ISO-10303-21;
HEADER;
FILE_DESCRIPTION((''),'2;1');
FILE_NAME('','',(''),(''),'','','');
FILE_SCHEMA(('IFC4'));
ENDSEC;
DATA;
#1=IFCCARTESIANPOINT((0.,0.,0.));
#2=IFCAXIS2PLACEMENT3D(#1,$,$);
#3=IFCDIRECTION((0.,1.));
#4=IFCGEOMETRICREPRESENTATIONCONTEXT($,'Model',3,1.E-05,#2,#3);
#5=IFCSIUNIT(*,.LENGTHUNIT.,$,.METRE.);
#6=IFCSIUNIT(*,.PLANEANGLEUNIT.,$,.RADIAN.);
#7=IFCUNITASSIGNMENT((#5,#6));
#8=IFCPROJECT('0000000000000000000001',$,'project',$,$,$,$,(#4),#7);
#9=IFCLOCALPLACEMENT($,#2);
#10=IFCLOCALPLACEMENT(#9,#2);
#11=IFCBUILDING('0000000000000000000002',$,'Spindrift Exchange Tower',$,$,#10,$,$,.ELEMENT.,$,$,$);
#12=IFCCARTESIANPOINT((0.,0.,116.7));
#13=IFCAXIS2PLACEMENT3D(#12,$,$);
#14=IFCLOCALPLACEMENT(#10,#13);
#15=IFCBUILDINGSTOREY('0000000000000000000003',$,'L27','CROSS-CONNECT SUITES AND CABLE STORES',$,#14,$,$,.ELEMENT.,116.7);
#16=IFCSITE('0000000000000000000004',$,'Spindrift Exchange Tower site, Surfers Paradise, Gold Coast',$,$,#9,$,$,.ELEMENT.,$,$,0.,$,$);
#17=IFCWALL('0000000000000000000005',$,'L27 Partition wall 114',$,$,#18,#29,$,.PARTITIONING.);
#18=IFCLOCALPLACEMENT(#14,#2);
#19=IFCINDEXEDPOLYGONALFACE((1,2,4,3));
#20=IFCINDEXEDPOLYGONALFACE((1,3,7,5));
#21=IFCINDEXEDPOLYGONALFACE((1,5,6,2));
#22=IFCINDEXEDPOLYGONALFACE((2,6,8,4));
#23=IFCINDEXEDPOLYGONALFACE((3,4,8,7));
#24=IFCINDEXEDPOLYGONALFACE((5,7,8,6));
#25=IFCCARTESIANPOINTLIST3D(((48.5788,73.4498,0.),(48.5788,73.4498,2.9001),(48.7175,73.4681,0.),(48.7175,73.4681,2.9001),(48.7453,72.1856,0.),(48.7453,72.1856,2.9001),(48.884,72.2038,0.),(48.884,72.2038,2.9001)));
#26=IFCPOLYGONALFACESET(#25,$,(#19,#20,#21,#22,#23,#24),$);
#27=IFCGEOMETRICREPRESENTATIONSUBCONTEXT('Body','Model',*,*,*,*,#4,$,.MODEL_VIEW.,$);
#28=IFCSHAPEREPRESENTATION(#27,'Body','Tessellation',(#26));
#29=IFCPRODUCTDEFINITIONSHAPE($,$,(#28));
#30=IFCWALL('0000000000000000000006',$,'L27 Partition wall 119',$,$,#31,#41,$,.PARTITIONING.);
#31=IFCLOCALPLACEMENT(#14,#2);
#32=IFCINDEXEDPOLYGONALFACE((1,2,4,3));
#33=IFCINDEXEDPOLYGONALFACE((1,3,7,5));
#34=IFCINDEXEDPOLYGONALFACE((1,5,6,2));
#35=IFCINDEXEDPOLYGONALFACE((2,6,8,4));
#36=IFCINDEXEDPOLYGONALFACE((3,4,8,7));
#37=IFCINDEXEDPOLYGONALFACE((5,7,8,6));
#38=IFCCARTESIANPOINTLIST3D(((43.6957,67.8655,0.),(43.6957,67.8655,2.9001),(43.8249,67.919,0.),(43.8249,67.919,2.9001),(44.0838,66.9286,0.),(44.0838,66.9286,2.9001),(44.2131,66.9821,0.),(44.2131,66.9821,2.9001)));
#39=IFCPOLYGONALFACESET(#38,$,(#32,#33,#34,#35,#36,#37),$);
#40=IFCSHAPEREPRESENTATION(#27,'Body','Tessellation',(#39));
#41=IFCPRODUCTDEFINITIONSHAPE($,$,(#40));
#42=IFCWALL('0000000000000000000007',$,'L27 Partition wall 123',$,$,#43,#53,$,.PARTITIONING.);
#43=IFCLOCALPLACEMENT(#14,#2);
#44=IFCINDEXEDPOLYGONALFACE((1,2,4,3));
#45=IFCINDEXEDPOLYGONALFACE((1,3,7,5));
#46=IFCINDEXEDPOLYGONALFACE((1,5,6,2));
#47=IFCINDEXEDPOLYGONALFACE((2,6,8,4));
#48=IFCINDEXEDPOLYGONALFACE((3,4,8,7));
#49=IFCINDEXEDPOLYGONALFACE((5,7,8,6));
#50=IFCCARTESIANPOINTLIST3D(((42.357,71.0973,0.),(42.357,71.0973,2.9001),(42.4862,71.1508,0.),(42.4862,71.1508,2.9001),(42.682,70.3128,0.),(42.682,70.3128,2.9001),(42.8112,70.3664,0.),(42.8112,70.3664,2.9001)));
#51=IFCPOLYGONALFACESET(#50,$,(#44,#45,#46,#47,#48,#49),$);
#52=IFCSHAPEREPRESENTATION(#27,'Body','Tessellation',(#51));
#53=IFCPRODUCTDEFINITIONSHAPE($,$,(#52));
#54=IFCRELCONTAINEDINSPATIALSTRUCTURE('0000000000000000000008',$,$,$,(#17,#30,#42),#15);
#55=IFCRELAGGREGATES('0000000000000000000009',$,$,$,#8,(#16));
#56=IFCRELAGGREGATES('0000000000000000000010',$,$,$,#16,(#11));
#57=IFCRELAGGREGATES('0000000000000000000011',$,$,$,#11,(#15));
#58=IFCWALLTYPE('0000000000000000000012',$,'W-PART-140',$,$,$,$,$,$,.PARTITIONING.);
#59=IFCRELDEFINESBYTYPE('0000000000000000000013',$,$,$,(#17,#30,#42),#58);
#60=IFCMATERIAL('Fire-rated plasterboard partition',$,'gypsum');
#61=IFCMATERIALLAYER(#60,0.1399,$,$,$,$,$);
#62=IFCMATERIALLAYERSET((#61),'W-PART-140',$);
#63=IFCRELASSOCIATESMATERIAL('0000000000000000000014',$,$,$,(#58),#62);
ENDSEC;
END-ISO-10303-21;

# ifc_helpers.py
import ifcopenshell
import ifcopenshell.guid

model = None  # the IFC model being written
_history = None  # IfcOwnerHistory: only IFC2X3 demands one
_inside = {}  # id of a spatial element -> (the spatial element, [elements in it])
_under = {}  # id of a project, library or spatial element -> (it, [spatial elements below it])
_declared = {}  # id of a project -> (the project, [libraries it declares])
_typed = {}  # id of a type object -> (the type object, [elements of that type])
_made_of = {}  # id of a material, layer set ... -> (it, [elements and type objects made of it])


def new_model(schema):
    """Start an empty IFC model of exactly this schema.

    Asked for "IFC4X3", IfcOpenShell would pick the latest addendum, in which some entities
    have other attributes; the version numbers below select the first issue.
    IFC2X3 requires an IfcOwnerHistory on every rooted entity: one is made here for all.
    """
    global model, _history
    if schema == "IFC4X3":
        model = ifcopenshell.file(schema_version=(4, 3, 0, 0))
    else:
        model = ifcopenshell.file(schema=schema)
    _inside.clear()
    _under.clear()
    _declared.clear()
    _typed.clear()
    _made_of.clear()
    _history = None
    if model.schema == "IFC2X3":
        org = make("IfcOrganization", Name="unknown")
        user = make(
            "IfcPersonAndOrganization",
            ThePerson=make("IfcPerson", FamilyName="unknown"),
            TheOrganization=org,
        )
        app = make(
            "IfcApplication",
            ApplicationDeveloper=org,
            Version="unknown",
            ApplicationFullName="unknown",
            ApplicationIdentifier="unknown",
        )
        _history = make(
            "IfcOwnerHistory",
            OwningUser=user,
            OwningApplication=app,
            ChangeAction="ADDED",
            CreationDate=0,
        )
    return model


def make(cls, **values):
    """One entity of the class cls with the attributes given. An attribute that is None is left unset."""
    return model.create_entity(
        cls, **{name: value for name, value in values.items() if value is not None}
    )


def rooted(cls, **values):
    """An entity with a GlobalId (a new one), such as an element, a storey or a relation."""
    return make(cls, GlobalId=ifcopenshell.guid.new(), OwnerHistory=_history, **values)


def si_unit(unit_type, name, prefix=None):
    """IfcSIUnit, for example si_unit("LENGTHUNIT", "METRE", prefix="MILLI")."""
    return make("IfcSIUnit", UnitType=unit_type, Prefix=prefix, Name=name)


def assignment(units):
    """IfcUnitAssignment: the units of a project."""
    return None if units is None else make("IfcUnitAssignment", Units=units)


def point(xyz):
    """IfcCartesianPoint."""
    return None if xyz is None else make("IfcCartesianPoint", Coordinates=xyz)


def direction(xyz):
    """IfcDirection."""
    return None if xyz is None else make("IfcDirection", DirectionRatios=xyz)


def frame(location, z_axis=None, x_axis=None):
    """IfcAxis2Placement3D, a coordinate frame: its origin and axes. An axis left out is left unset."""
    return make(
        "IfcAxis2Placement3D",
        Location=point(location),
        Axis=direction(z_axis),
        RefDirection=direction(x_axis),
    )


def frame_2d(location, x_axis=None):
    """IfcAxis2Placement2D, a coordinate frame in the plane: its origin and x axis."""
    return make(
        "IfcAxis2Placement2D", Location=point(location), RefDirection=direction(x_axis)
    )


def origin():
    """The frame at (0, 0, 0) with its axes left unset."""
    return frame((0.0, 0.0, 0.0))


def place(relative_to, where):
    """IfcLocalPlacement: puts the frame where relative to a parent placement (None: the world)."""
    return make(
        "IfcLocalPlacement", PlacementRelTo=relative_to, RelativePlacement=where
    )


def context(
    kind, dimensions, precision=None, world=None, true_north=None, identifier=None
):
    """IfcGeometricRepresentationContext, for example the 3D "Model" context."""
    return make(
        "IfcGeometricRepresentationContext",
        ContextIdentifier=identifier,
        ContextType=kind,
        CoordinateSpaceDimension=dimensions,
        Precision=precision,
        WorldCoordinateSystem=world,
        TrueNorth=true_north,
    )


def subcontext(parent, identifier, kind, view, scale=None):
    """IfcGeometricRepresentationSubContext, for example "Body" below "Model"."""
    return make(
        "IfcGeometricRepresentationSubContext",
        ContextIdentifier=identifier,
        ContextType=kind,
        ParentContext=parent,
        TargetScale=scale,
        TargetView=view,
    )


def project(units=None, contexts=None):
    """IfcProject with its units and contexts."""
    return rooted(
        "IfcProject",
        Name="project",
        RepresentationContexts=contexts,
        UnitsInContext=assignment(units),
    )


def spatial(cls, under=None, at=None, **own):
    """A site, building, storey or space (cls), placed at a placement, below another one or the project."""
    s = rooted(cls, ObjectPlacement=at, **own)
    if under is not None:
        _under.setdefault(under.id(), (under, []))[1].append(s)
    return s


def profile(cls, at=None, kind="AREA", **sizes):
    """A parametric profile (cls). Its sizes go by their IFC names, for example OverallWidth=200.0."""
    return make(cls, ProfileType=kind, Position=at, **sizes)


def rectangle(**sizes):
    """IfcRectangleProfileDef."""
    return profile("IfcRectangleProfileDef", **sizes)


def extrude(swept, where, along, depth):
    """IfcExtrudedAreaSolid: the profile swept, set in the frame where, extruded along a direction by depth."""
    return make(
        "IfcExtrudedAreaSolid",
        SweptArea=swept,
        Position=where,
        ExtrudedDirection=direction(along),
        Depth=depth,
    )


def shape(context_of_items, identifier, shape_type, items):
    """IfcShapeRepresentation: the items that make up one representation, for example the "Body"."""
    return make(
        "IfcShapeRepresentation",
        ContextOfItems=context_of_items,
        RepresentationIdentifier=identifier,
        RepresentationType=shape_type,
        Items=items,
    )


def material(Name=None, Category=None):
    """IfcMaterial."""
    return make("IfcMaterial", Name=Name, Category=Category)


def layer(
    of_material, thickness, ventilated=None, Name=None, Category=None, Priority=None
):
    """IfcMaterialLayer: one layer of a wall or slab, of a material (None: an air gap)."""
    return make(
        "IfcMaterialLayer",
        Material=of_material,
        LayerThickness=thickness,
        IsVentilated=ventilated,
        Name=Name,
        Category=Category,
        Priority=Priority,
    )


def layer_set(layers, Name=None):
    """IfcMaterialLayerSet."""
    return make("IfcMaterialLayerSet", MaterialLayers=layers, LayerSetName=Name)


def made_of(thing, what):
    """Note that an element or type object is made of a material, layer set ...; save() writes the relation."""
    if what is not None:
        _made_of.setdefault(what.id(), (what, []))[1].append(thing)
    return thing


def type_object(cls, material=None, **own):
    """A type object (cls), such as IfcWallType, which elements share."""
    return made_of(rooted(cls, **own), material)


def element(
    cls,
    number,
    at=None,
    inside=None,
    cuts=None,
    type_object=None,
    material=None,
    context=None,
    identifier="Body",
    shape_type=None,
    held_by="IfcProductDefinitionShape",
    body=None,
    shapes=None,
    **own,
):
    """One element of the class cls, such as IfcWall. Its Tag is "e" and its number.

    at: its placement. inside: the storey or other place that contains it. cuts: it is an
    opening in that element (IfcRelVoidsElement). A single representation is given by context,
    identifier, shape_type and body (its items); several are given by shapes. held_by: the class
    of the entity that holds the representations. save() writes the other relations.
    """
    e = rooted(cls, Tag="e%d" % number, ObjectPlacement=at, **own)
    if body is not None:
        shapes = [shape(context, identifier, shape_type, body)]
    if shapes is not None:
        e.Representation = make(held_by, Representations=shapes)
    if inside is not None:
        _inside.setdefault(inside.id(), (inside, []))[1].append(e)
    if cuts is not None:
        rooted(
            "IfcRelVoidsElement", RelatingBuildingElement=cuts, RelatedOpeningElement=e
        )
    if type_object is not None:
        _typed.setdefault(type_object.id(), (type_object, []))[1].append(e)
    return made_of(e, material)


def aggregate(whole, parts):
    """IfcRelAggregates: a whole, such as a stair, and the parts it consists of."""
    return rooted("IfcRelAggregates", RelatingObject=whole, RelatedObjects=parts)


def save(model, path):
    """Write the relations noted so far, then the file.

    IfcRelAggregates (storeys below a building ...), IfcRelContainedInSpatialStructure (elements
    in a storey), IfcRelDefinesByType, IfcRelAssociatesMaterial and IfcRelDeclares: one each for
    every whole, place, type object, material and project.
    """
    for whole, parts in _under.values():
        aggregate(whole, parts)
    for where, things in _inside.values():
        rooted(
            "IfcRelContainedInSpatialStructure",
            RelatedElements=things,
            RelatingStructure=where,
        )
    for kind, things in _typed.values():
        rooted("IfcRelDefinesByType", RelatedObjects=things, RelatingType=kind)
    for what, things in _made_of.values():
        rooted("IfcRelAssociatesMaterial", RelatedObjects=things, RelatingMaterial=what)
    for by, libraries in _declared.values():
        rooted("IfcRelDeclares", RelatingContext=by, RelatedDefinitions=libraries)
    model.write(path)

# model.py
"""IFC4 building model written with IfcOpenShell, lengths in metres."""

from ifc_helpers import new_model, si_unit, direction, frame, frame_2d, origin, place, context, subcontext, project, spatial, rectangle, extrude, material, layer, layer_set, type_object, element, save


model = new_model("IFC4")

# Units and contexts
model_context = context("Model", 3, precision=1e-05, world=origin(), true_north=direction((0.0, 1.0)))
body_context = subcontext(model_context, "Body", "Model", "MODEL_VIEW")
ifc_project = project(units=[si_unit("LENGTHUNIT", "METRE"), si_unit("PLANEANGLEUNIT", "RADIAN")], contexts=[model_context])

# Site, building, storey
site_placement = place(None, origin())
site = spatial("IfcSite", under=ifc_project, at=site_placement, Name="Spindrift Exchange Tower site, Surfers Paradise, Gold Coast", CompositionType="ELEMENT", RefElevation=0.0)
building_placement = place(site_placement, origin())
building = spatial("IfcBuilding", under=site, at=building_placement, Name="Spindrift Exchange Tower", CompositionType="ELEMENT")
storey_placement = place(building_placement, frame((0.0, 0.0, 116.7)))
storey = spatial("IfcBuildingStorey", under=building, at=storey_placement, Name="L27", Description="CROSS-CONNECT SUITES AND CABLE STORES", CompositionType="ELEMENT", Elevation=116.7)

# Shared definitions
ifc_material_1 = material(Name="Fire-rated plasterboard partition", Category="gypsum")
ifc_layer_1 = layer(ifc_material_1, 0.1399)
ifc_layer_set_1 = layer_set([ifc_layer_1], Name="W-PART-140")
wall_type = type_object("IfcWallType", Name="W-PART-140", PredefinedType="PARTITIONING", material=ifc_layer_set_1)

# Walls
wall_1_placement = place(storey_placement, frame((48.8147, 72.1946, 0.0), z_axis=(0.0, 0.0, 1.0), x_axis=(-0.130583, 0.991437, 0.0)))
element("IfcWall", 1, at=wall_1_placement, inside=storey, type_object=wall_type, Name="L27 Partition wall 114", PredefinedType="PARTITIONING", context=body_context, shape_type="SweptSolid", body=[
    extrude(rectangle(XDim=1.2751, YDim=0.1399, at=frame_2d((0.6377, 0.0))), origin(), (0.0, 0.0, 1.0), 2.9001),
])
wall_2_placement = place(storey_placement, frame((44.1484, 66.9553, 0.0), z_axis=(0.0, 0.0, 1.0), x_axis=(-0.382734, 0.923858, 0.0)))
element("IfcWall", 2, at=wall_2_placement, inside=storey, type_object=wall_type, Name="L27 Partition wall 119", PredefinedType="PARTITIONING", context=body_context, shape_type="SweptSolid", body=[
    extrude(rectangle(XDim=1.0142, YDim=0.1399, at=frame_2d((0.5071, 0.0))), origin(), (0.0, 0.0, 1.0), 2.9001),
])
wall_3_placement = place(storey_placement, frame((42.7466, 70.3396, 0.0), z_axis=(0.0, 0.0, 1.0), x_axis=(-0.382716, 0.923866, 0.0)))
element("IfcWall", 3, at=wall_3_placement, inside=storey, type_object=wall_type, Name="L27 Partition wall 123", PredefinedType="PARTITIONING", context=body_context, shape_type="SweptSolid", body=[
    extrude(rectangle(XDim=0.8491, YDim=0.1399, at=frame_2d((0.4246, 0.0))), origin(), (0.0, 0.0, 1.0), 2.9001),
])

save(model, "model.ifc")
